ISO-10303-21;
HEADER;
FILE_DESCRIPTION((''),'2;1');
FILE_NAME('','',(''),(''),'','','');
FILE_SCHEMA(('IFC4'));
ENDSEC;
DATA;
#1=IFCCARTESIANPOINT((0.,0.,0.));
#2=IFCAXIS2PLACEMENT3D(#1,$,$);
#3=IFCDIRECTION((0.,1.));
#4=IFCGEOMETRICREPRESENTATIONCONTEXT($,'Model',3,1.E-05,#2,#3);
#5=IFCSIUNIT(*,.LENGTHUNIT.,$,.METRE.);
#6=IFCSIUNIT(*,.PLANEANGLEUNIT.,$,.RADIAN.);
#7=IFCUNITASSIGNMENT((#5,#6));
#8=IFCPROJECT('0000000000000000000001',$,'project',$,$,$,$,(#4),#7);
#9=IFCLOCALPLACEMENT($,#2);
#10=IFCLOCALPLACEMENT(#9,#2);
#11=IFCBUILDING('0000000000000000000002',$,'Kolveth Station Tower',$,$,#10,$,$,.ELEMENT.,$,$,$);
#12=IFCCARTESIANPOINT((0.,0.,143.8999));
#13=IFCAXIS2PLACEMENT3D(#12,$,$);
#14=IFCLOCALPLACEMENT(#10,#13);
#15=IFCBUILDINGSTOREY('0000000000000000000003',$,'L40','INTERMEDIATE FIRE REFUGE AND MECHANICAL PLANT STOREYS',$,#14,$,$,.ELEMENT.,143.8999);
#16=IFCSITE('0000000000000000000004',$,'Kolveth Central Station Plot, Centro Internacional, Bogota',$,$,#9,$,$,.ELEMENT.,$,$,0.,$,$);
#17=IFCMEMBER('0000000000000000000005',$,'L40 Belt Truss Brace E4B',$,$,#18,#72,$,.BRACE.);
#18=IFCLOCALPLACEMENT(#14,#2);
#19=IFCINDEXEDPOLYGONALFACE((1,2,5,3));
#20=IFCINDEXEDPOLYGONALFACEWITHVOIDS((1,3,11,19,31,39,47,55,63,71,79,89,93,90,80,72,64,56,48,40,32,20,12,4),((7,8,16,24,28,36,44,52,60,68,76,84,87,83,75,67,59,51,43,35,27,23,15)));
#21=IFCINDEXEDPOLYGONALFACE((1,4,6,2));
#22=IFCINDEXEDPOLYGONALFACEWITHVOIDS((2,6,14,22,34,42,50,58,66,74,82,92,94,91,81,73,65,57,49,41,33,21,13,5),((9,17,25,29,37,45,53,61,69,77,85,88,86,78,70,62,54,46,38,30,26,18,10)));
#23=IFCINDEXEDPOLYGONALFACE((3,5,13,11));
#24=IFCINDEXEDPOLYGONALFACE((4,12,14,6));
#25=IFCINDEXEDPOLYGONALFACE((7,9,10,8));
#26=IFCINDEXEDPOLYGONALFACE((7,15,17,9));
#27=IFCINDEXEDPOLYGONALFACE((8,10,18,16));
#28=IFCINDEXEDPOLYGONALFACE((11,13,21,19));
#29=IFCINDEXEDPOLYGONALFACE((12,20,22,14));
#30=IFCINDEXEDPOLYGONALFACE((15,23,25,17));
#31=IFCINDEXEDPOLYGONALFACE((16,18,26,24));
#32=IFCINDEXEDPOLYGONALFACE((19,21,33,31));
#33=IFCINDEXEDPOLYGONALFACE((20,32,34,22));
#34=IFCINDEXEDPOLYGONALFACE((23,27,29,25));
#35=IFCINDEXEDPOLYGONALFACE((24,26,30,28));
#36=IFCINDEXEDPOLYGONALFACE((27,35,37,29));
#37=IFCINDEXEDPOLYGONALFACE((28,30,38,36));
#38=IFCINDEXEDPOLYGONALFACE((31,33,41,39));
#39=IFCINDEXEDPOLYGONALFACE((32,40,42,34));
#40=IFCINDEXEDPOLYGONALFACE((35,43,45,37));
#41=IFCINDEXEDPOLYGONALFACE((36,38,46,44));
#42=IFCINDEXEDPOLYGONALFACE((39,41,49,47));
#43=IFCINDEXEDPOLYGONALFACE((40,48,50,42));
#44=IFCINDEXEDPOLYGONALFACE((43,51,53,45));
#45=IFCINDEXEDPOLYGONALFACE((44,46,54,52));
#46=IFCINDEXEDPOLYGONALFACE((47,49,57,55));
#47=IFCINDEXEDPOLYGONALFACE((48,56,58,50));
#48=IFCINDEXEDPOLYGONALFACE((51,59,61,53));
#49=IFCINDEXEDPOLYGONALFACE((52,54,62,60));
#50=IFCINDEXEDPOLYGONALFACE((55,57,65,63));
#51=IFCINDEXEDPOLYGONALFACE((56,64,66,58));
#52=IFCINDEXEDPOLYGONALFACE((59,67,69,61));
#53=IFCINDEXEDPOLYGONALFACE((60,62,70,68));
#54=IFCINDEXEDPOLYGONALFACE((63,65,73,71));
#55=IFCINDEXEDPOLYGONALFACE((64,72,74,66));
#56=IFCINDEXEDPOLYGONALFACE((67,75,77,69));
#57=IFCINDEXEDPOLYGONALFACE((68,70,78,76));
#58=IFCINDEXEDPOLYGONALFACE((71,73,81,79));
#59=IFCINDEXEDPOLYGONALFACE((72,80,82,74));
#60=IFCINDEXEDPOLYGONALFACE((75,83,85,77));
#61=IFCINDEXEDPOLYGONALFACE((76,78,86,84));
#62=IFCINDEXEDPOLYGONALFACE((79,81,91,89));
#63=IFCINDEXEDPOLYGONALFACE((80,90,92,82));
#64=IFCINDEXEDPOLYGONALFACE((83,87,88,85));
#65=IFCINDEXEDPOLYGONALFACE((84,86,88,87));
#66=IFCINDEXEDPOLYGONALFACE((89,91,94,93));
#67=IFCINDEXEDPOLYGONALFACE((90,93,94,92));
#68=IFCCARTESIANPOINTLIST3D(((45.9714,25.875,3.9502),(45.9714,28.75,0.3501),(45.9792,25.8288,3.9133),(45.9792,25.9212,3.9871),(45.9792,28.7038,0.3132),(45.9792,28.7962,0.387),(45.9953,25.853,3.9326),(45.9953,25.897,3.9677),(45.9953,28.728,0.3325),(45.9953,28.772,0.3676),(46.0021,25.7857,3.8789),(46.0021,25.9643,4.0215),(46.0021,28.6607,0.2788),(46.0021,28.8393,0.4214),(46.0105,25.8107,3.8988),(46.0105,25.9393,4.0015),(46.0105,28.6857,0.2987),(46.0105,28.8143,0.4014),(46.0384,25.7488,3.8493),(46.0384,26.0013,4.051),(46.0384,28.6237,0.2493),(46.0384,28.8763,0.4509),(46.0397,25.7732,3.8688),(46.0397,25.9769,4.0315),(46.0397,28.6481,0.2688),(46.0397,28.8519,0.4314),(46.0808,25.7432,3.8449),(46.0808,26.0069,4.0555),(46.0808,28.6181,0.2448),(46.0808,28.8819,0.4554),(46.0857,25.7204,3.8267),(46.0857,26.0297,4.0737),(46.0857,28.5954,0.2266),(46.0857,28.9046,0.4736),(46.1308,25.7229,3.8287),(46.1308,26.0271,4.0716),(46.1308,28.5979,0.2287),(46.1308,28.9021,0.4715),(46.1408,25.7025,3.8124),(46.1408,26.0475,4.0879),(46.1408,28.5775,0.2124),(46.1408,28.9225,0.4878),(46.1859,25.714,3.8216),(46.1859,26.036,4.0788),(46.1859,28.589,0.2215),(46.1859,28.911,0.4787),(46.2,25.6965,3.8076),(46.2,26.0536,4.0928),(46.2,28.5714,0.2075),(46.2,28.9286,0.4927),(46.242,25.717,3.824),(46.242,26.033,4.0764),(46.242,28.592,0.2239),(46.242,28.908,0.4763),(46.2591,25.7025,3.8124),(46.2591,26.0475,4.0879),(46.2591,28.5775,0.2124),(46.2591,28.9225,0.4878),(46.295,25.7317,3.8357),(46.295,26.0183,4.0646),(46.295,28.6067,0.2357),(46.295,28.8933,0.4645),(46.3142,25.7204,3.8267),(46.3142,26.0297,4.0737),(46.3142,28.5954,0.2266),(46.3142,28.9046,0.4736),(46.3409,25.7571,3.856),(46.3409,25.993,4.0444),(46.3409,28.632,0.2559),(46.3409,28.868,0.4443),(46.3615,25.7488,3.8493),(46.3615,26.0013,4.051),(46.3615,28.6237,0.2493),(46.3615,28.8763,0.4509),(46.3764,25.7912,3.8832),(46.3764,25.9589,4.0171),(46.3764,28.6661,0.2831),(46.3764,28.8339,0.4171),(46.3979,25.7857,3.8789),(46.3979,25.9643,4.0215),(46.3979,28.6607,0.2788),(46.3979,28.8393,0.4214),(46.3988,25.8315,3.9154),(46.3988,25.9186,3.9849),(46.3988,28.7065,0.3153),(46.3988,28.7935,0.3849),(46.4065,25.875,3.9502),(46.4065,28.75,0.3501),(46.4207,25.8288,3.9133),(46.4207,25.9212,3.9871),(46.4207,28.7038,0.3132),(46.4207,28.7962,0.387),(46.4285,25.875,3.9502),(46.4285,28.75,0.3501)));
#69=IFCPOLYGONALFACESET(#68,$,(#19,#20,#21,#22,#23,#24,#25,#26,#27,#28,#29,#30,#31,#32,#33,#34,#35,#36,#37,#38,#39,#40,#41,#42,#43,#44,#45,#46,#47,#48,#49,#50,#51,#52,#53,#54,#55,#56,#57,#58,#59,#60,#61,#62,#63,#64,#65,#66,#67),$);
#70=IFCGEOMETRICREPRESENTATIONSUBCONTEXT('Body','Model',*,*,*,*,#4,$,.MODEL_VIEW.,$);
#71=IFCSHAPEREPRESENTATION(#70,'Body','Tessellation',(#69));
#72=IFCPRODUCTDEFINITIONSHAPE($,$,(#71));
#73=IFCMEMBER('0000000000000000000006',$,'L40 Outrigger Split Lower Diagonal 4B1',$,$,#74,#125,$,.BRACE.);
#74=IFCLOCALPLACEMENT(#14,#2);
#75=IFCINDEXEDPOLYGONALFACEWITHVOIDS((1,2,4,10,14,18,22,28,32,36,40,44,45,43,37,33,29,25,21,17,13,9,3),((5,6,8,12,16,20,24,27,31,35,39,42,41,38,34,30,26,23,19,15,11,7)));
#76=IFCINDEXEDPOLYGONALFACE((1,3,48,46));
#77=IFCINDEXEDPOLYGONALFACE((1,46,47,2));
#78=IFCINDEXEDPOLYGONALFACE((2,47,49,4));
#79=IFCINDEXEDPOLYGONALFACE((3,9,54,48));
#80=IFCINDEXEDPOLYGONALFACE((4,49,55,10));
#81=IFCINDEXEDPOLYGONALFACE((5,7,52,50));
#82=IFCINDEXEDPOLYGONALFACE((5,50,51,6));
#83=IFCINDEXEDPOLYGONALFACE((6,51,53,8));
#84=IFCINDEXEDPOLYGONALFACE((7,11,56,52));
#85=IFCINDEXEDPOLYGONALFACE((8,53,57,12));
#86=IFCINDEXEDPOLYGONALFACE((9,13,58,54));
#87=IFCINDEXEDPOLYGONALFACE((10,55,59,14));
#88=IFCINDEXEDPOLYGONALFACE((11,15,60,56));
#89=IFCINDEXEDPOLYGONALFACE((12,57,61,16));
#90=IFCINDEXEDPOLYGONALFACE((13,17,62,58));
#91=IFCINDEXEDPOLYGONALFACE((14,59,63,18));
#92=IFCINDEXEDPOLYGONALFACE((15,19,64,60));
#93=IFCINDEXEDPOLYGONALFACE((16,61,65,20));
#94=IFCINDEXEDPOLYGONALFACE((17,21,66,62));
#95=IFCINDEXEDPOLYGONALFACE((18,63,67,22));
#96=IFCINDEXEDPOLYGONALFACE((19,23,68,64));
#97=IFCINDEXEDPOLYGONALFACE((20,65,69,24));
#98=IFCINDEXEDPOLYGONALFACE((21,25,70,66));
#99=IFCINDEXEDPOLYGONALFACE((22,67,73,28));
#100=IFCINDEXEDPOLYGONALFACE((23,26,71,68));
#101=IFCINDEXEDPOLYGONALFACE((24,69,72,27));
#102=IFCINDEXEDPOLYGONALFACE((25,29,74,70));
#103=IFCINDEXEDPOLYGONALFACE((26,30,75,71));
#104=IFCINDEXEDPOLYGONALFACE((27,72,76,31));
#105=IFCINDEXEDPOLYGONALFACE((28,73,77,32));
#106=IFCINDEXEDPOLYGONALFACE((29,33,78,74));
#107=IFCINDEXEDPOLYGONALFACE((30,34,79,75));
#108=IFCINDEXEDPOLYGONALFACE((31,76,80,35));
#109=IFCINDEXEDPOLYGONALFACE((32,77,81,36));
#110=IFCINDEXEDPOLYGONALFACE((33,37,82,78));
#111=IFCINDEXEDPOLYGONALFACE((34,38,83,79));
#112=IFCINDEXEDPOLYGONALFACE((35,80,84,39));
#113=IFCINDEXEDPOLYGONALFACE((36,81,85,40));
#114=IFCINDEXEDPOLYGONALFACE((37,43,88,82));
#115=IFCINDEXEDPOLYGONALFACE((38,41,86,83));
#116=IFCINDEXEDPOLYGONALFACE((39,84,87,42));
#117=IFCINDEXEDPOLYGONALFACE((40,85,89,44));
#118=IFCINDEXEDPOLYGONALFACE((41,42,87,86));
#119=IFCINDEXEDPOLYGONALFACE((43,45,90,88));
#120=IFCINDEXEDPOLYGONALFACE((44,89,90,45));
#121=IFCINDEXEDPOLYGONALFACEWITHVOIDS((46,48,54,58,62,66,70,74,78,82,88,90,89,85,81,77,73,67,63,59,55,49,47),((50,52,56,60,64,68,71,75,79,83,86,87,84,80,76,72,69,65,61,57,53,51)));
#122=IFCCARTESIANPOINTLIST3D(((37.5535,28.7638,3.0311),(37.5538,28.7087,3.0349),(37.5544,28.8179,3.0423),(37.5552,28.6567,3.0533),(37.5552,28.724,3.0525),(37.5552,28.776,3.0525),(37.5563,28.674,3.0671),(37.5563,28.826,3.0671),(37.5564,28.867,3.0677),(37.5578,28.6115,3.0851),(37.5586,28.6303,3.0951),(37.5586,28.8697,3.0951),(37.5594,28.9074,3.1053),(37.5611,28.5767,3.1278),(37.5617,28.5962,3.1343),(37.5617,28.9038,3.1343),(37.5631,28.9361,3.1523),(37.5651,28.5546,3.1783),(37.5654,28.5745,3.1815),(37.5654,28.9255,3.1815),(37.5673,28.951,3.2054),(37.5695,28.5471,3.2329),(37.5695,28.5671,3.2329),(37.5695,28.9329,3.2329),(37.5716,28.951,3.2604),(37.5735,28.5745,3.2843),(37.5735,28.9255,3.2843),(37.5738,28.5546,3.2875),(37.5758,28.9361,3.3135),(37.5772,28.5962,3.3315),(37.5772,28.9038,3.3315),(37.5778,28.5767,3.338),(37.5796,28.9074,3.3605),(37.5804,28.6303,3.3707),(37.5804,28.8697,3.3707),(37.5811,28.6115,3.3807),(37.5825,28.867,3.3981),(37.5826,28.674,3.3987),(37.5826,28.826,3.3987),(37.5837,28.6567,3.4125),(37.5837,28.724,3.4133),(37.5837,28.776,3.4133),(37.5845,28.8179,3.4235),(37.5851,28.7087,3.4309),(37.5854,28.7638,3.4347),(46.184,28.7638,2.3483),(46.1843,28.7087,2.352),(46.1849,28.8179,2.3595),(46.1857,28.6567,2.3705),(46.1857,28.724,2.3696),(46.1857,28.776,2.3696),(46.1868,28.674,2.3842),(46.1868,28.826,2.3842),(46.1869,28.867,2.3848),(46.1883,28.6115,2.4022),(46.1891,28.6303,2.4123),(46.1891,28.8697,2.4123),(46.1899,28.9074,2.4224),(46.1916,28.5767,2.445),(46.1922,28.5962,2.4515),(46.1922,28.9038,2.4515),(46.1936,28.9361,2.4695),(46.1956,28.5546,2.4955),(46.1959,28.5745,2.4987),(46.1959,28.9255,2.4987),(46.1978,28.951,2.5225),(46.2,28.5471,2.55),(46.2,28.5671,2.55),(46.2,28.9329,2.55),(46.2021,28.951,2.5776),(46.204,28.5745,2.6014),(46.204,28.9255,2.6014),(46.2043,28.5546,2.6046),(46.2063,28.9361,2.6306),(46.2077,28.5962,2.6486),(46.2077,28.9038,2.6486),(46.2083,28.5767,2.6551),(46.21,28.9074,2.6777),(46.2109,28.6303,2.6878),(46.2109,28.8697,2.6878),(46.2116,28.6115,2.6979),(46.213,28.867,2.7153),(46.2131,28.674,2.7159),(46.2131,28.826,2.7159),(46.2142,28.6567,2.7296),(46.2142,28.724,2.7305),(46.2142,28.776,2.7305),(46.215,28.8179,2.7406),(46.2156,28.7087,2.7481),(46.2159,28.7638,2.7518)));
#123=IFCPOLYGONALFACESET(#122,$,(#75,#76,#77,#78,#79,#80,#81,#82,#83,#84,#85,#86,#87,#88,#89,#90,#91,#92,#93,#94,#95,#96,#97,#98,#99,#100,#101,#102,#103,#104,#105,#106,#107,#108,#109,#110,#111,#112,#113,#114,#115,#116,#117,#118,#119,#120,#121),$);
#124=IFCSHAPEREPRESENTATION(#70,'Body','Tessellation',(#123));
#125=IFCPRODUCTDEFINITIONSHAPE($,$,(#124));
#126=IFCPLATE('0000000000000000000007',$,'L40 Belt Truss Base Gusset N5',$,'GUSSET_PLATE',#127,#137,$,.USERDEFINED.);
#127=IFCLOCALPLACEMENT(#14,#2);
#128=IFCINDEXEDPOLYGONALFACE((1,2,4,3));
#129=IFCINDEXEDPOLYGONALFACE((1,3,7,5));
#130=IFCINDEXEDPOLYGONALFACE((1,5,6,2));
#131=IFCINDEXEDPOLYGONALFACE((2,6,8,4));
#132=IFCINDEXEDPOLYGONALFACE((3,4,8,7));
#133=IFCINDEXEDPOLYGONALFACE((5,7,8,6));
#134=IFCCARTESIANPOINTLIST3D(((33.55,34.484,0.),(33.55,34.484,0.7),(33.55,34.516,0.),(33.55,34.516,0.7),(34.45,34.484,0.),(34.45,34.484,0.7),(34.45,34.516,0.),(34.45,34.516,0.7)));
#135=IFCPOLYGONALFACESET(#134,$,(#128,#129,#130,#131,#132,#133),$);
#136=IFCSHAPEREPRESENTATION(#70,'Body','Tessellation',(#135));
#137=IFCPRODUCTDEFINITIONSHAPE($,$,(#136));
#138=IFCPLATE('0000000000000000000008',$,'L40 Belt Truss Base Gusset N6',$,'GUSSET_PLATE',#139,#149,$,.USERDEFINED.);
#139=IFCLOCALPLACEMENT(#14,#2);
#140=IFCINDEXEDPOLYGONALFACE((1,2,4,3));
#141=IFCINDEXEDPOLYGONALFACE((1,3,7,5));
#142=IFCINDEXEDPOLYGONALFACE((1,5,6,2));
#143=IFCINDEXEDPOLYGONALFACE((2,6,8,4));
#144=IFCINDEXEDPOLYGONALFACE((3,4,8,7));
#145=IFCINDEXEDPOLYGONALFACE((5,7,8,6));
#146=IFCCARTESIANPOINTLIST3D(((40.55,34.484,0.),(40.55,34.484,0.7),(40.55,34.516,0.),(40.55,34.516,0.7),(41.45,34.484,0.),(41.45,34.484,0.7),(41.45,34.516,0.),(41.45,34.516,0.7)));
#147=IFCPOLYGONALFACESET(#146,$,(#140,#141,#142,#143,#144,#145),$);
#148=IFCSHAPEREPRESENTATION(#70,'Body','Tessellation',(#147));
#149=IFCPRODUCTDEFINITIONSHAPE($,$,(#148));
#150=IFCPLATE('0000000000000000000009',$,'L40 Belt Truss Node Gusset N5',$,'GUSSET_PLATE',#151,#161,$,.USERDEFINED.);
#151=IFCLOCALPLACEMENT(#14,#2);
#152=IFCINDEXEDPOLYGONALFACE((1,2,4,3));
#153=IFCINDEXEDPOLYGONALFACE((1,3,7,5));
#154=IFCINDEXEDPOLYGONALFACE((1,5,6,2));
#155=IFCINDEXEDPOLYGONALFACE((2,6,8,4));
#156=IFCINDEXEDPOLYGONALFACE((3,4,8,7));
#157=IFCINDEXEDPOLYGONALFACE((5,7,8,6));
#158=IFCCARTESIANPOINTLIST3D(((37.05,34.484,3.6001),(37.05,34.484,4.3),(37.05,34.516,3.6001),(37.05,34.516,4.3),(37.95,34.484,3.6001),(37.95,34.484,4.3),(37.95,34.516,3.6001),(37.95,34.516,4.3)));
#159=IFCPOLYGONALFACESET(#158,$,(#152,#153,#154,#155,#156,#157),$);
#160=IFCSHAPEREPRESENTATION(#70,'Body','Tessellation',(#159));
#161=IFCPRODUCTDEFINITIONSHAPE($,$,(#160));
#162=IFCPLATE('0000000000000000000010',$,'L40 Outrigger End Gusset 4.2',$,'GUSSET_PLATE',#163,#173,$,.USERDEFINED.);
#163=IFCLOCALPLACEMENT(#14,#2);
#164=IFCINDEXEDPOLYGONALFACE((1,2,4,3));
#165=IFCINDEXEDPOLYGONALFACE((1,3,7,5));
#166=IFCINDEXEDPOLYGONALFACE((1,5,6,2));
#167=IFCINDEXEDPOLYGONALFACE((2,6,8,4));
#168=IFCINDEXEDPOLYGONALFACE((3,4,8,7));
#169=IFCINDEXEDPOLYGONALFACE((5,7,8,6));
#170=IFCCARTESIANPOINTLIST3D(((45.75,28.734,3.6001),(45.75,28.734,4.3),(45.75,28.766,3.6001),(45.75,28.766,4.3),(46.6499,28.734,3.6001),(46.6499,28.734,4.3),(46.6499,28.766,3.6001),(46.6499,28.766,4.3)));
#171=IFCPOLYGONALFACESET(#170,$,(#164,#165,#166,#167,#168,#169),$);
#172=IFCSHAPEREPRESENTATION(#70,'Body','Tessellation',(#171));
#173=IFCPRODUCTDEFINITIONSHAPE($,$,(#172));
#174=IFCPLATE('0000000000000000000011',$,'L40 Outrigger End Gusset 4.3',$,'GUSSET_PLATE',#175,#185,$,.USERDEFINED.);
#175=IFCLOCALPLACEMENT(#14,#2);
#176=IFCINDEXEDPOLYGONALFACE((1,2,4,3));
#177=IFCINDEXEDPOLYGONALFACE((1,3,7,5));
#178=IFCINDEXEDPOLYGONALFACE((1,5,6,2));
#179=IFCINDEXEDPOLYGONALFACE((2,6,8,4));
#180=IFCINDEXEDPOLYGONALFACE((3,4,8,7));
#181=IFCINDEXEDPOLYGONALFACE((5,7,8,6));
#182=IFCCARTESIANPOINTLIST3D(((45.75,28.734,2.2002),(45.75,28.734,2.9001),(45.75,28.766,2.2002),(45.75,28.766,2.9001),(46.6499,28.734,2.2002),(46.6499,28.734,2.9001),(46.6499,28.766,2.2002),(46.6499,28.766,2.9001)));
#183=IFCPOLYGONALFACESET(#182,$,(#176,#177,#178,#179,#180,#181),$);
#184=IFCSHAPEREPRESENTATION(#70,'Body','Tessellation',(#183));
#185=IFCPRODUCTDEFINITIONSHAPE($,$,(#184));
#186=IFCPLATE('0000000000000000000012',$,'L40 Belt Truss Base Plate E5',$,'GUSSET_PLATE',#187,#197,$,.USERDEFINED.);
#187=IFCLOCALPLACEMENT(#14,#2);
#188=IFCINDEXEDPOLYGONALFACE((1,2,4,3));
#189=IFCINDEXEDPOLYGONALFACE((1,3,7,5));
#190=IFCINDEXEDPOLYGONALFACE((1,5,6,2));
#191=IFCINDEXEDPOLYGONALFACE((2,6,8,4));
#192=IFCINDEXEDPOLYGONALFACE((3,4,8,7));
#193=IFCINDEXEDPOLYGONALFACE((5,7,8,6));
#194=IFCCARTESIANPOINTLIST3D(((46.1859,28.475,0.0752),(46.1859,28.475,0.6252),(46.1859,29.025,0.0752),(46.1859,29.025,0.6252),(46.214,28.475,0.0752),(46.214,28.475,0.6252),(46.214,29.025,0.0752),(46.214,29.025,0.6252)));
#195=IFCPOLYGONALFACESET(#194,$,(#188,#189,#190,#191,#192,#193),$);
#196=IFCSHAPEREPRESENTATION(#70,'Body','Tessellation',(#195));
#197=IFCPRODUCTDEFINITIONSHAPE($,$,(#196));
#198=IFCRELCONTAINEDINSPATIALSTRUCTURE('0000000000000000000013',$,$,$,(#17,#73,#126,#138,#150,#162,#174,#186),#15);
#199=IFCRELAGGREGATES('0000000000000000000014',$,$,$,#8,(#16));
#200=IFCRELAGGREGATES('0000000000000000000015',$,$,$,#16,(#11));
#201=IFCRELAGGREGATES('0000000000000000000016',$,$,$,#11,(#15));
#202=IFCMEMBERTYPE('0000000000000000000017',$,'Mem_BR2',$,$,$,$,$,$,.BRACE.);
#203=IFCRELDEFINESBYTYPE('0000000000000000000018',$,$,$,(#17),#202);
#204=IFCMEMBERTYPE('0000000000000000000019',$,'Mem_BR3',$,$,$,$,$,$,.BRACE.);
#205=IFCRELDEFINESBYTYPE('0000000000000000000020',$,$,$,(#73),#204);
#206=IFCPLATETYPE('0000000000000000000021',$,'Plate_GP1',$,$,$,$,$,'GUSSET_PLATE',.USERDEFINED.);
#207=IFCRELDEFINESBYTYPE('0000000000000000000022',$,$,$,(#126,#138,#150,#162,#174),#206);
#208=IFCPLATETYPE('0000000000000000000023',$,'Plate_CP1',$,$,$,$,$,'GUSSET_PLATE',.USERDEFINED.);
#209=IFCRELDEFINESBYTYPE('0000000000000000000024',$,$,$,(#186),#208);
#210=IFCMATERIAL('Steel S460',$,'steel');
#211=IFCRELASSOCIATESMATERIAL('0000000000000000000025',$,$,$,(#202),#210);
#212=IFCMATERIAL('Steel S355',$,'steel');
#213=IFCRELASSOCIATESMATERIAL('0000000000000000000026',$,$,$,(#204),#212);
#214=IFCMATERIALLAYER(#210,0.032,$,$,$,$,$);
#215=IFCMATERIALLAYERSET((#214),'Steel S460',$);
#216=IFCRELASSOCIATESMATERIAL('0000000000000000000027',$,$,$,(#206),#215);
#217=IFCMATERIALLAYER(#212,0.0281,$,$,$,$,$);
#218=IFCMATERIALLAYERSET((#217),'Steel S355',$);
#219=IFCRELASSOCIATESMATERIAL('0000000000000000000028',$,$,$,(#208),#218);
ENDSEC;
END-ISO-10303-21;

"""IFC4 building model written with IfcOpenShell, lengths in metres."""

from ifc_helpers import new_model, si_unit, direction, frame, origin, origin_2d, place, context, subcontext, project, spatial, rectangle, hollow_circle, extrude, source, transform, mapped, material, layer, layer_set, material_profile, profile_set, type_object, element, save


model = new_model("IFC4")

# Units and contexts
model_context = context("Model", 3, precision=1e-05, world=origin(), true_north=direction((0.0, 1.0)))
body_context = subcontext(model_context, "Body", "Model", "MODEL_VIEW")
ifc_project = project(units=[si_unit("LENGTHUNIT", "METRE"), si_unit("PLANEANGLEUNIT", "RADIAN")], contexts=[model_context])

# Site, building, storey
site_placement = place(None, origin())
site = spatial("IfcSite", under=ifc_project, at=site_placement, Name="Kolveth Central Station Plot, Centro Internacional, Bogota", CompositionType="ELEMENT", RefElevation=0.0)
building_placement = place(site_placement, origin())
building = spatial("IfcBuilding", under=site, at=building_placement, Name="Kolveth Station Tower", CompositionType="ELEMENT")
storey_placement = place(building_placement, frame((0.0, 0.0, 143.8999)))
storey = spatial("IfcBuildingStorey", under=building, at=storey_placement, Name="L40", Description="INTERMEDIATE FIRE REFUGE AND MECHANICAL PLANT STOREYS", CompositionType="ELEMENT", Elevation=143.8999)

# Shared definitions
ifc_material_1 = material(Name="Steel S460", Category="steel")

# Shared definitions
ifc_material_2 = material(Name="Steel S355", Category="steel")

# Members
ifc_material_profile_1 = material_profile(ifc_material_1, hollow_circle(Radius=0.2285, WallThickness=0.022, at=origin_2d()), Name="CHS457x22")
ifc_profile_set_1 = profile_set([ifc_material_profile_1], Name="Steel S460")
member_type_1 = type_object("IfcMemberType", Name="Mem_BR2", PredefinedType="BRACE", material=ifc_profile_set_1)
shared_shape_1 = source(origin(), body_context, "Body", "SweptSolid", [
    extrude(hollow_circle(Radius=0.2285, WallThickness=0.022, at=origin_2d()), origin(), (0.0, 0.0, 1.0), 4.6072),
])
member_1_placement = place(storey_placement, frame((46.2, 28.75, 0.3501), z_axis=(0.0, -0.624023, 0.781406), x_axis=(1.0, 0.0, 0.0)))
element("IfcMember", 1, at=member_1_placement, inside=storey, type_object=member_type_1, Name="L40 Belt Truss Brace E4B", PredefinedType="BRACE", context=body_context, shape_type="MappedRepresentation", body=[
    mapped(shared_shape_1, transform((0.0, 0.0, 0.0), x_axis=(1.0, 0.0, 0.0), y_axis=(0.0, 1.0, 0.0), z_axis=(0.0, 0.0, 1.0), scale=1.0)),
])
ifc_material_profile_2 = material_profile(ifc_material_2, hollow_circle(Radius=0.2029, WallThickness=0.02, at=origin_2d()), Name="CHS406x20")
ifc_profile_set_2 = profile_set([ifc_material_profile_2], Name="Steel S355")
member_type_2 = type_object("IfcMemberType", Name="Mem_BR3", PredefinedType="BRACE", material=ifc_profile_set_2)
shared_shape_2 = source(origin(), body_context, "Body", "SweptSolid", [
    extrude(hollow_circle(Radius=0.2029, WallThickness=0.02, at=origin_2d()), origin(), (0.0, 0.0, 1.0), 8.6575),
])
member_2_placement = place(storey_placement, frame((46.2, 28.75, 2.55), z_axis=(-0.996885, 0.0, 0.078874), x_axis=(0.0, -1.0, 0.0)))
element("IfcMember", 2, at=member_2_placement, inside=storey, type_object=member_type_2, Name="L40 Outrigger Split Lower Diagonal 4B1", PredefinedType="BRACE", context=body_context, shape_type="MappedRepresentation", body=[
    mapped(shared_shape_2, transform((0.0, 0.0, 0.0), x_axis=(1.0, 0.0, 0.0), y_axis=(0.0, 1.0, 0.0), z_axis=(0.0, 0.0, 1.0), scale=1.0)),
])

# Plates
ifc_layer_1 = layer(ifc_material_1, 0.032)
ifc_layer_set_1 = layer_set([ifc_layer_1], Name="Steel S460")
plate_type_1 = type_object("IfcPlateType", Name="Plate_GP1", ElementType="GUSSET_PLATE", PredefinedType="USERDEFINED", material=ifc_layer_set_1)
shared_shape_3 = source(origin(), body_context, "Body", "SweptSolid", [
    extrude(rectangle(XDim=0.8999, YDim=0.032, at=origin_2d()), origin(), (0.0, 0.0, 1.0), 0.7),
])
for number, where, z_axis, x_axis, name in (
    (3, (34.0, 34.5, 0.0), (0.0, 0.0, 1.0), (1.0, 0.0, 0.0), "L40 Belt Truss Base Gusset N5"),
    (4, (41.0, 34.5, 0.0), (0.0, 0.0, 1.0), (1.0, 0.0, 0.0), "L40 Belt Truss Base Gusset N6"),
    (5, (37.5, 34.5, 3.6001), (0.0, 0.0, 1.0), (1.0, 0.0, 0.0), "L40 Belt Truss Node Gusset N5"),
    (6, (46.2, 28.75, 3.6001), (0.0, 0.0, 1.0), (1.0, 0.0, 0.0), "L40 Outrigger End Gusset 4.2"),
    (7, (46.2, 28.75, 2.2002), (0.0, 0.0, 1.0), (1.0, 0.0, 0.0), "L40 Outrigger End Gusset 4.3"),
):
    element("IfcPlate", number, at=place(storey_placement, frame(where, z_axis=z_axis, x_axis=x_axis)), inside=storey, type_object=plate_type_1, Name=name, ObjectType="GUSSET_PLATE", PredefinedType="USERDEFINED", context=body_context, shape_type="MappedRepresentation", body=[
        mapped(shared_shape_3, transform((0.0, 0.0, 0.0), x_axis=(1.0, 0.0, 0.0), y_axis=(0.0, 1.0, 0.0), z_axis=(0.0, 0.0, 1.0), scale=1.0)),
    ])
ifc_layer_2 = layer(ifc_material_2, 0.0281)
ifc_layer_set_2 = layer_set([ifc_layer_2], Name="Steel S355")
plate_type_2 = type_object("IfcPlateType", Name="Plate_CP1", ElementType="GUSSET_PLATE", PredefinedType="USERDEFINED", material=ifc_layer_set_2)
shared_shape_4 = source(origin(), body_context, "Body", "SweptSolid", [
    extrude(rectangle(XDim=0.0281, YDim=0.55, at=origin_2d()), origin(), (0.0, 0.0, 1.0), 0.55),
])
plate_placement = place(storey_placement, frame((46.2, 28.75, 0.0752), z_axis=(0.0, 0.0, 1.0), x_axis=(1.0, 0.0, 0.0)))
element("IfcPlate", 8, at=plate_placement, inside=storey, type_object=plate_type_2, Name="L40 Belt Truss Base Plate E5", ObjectType="GUSSET_PLATE", PredefinedType="USERDEFINED", context=body_context, shape_type="MappedRepresentation", body=[
    mapped(shared_shape_4, transform((0.0, 0.0, 0.0), x_axis=(1.0, 0.0, 0.0), y_axis=(0.0, 1.0, 0.0), z_axis=(0.0, 0.0, 1.0), scale=1.0)),
])

save(model, "model.ifc")
